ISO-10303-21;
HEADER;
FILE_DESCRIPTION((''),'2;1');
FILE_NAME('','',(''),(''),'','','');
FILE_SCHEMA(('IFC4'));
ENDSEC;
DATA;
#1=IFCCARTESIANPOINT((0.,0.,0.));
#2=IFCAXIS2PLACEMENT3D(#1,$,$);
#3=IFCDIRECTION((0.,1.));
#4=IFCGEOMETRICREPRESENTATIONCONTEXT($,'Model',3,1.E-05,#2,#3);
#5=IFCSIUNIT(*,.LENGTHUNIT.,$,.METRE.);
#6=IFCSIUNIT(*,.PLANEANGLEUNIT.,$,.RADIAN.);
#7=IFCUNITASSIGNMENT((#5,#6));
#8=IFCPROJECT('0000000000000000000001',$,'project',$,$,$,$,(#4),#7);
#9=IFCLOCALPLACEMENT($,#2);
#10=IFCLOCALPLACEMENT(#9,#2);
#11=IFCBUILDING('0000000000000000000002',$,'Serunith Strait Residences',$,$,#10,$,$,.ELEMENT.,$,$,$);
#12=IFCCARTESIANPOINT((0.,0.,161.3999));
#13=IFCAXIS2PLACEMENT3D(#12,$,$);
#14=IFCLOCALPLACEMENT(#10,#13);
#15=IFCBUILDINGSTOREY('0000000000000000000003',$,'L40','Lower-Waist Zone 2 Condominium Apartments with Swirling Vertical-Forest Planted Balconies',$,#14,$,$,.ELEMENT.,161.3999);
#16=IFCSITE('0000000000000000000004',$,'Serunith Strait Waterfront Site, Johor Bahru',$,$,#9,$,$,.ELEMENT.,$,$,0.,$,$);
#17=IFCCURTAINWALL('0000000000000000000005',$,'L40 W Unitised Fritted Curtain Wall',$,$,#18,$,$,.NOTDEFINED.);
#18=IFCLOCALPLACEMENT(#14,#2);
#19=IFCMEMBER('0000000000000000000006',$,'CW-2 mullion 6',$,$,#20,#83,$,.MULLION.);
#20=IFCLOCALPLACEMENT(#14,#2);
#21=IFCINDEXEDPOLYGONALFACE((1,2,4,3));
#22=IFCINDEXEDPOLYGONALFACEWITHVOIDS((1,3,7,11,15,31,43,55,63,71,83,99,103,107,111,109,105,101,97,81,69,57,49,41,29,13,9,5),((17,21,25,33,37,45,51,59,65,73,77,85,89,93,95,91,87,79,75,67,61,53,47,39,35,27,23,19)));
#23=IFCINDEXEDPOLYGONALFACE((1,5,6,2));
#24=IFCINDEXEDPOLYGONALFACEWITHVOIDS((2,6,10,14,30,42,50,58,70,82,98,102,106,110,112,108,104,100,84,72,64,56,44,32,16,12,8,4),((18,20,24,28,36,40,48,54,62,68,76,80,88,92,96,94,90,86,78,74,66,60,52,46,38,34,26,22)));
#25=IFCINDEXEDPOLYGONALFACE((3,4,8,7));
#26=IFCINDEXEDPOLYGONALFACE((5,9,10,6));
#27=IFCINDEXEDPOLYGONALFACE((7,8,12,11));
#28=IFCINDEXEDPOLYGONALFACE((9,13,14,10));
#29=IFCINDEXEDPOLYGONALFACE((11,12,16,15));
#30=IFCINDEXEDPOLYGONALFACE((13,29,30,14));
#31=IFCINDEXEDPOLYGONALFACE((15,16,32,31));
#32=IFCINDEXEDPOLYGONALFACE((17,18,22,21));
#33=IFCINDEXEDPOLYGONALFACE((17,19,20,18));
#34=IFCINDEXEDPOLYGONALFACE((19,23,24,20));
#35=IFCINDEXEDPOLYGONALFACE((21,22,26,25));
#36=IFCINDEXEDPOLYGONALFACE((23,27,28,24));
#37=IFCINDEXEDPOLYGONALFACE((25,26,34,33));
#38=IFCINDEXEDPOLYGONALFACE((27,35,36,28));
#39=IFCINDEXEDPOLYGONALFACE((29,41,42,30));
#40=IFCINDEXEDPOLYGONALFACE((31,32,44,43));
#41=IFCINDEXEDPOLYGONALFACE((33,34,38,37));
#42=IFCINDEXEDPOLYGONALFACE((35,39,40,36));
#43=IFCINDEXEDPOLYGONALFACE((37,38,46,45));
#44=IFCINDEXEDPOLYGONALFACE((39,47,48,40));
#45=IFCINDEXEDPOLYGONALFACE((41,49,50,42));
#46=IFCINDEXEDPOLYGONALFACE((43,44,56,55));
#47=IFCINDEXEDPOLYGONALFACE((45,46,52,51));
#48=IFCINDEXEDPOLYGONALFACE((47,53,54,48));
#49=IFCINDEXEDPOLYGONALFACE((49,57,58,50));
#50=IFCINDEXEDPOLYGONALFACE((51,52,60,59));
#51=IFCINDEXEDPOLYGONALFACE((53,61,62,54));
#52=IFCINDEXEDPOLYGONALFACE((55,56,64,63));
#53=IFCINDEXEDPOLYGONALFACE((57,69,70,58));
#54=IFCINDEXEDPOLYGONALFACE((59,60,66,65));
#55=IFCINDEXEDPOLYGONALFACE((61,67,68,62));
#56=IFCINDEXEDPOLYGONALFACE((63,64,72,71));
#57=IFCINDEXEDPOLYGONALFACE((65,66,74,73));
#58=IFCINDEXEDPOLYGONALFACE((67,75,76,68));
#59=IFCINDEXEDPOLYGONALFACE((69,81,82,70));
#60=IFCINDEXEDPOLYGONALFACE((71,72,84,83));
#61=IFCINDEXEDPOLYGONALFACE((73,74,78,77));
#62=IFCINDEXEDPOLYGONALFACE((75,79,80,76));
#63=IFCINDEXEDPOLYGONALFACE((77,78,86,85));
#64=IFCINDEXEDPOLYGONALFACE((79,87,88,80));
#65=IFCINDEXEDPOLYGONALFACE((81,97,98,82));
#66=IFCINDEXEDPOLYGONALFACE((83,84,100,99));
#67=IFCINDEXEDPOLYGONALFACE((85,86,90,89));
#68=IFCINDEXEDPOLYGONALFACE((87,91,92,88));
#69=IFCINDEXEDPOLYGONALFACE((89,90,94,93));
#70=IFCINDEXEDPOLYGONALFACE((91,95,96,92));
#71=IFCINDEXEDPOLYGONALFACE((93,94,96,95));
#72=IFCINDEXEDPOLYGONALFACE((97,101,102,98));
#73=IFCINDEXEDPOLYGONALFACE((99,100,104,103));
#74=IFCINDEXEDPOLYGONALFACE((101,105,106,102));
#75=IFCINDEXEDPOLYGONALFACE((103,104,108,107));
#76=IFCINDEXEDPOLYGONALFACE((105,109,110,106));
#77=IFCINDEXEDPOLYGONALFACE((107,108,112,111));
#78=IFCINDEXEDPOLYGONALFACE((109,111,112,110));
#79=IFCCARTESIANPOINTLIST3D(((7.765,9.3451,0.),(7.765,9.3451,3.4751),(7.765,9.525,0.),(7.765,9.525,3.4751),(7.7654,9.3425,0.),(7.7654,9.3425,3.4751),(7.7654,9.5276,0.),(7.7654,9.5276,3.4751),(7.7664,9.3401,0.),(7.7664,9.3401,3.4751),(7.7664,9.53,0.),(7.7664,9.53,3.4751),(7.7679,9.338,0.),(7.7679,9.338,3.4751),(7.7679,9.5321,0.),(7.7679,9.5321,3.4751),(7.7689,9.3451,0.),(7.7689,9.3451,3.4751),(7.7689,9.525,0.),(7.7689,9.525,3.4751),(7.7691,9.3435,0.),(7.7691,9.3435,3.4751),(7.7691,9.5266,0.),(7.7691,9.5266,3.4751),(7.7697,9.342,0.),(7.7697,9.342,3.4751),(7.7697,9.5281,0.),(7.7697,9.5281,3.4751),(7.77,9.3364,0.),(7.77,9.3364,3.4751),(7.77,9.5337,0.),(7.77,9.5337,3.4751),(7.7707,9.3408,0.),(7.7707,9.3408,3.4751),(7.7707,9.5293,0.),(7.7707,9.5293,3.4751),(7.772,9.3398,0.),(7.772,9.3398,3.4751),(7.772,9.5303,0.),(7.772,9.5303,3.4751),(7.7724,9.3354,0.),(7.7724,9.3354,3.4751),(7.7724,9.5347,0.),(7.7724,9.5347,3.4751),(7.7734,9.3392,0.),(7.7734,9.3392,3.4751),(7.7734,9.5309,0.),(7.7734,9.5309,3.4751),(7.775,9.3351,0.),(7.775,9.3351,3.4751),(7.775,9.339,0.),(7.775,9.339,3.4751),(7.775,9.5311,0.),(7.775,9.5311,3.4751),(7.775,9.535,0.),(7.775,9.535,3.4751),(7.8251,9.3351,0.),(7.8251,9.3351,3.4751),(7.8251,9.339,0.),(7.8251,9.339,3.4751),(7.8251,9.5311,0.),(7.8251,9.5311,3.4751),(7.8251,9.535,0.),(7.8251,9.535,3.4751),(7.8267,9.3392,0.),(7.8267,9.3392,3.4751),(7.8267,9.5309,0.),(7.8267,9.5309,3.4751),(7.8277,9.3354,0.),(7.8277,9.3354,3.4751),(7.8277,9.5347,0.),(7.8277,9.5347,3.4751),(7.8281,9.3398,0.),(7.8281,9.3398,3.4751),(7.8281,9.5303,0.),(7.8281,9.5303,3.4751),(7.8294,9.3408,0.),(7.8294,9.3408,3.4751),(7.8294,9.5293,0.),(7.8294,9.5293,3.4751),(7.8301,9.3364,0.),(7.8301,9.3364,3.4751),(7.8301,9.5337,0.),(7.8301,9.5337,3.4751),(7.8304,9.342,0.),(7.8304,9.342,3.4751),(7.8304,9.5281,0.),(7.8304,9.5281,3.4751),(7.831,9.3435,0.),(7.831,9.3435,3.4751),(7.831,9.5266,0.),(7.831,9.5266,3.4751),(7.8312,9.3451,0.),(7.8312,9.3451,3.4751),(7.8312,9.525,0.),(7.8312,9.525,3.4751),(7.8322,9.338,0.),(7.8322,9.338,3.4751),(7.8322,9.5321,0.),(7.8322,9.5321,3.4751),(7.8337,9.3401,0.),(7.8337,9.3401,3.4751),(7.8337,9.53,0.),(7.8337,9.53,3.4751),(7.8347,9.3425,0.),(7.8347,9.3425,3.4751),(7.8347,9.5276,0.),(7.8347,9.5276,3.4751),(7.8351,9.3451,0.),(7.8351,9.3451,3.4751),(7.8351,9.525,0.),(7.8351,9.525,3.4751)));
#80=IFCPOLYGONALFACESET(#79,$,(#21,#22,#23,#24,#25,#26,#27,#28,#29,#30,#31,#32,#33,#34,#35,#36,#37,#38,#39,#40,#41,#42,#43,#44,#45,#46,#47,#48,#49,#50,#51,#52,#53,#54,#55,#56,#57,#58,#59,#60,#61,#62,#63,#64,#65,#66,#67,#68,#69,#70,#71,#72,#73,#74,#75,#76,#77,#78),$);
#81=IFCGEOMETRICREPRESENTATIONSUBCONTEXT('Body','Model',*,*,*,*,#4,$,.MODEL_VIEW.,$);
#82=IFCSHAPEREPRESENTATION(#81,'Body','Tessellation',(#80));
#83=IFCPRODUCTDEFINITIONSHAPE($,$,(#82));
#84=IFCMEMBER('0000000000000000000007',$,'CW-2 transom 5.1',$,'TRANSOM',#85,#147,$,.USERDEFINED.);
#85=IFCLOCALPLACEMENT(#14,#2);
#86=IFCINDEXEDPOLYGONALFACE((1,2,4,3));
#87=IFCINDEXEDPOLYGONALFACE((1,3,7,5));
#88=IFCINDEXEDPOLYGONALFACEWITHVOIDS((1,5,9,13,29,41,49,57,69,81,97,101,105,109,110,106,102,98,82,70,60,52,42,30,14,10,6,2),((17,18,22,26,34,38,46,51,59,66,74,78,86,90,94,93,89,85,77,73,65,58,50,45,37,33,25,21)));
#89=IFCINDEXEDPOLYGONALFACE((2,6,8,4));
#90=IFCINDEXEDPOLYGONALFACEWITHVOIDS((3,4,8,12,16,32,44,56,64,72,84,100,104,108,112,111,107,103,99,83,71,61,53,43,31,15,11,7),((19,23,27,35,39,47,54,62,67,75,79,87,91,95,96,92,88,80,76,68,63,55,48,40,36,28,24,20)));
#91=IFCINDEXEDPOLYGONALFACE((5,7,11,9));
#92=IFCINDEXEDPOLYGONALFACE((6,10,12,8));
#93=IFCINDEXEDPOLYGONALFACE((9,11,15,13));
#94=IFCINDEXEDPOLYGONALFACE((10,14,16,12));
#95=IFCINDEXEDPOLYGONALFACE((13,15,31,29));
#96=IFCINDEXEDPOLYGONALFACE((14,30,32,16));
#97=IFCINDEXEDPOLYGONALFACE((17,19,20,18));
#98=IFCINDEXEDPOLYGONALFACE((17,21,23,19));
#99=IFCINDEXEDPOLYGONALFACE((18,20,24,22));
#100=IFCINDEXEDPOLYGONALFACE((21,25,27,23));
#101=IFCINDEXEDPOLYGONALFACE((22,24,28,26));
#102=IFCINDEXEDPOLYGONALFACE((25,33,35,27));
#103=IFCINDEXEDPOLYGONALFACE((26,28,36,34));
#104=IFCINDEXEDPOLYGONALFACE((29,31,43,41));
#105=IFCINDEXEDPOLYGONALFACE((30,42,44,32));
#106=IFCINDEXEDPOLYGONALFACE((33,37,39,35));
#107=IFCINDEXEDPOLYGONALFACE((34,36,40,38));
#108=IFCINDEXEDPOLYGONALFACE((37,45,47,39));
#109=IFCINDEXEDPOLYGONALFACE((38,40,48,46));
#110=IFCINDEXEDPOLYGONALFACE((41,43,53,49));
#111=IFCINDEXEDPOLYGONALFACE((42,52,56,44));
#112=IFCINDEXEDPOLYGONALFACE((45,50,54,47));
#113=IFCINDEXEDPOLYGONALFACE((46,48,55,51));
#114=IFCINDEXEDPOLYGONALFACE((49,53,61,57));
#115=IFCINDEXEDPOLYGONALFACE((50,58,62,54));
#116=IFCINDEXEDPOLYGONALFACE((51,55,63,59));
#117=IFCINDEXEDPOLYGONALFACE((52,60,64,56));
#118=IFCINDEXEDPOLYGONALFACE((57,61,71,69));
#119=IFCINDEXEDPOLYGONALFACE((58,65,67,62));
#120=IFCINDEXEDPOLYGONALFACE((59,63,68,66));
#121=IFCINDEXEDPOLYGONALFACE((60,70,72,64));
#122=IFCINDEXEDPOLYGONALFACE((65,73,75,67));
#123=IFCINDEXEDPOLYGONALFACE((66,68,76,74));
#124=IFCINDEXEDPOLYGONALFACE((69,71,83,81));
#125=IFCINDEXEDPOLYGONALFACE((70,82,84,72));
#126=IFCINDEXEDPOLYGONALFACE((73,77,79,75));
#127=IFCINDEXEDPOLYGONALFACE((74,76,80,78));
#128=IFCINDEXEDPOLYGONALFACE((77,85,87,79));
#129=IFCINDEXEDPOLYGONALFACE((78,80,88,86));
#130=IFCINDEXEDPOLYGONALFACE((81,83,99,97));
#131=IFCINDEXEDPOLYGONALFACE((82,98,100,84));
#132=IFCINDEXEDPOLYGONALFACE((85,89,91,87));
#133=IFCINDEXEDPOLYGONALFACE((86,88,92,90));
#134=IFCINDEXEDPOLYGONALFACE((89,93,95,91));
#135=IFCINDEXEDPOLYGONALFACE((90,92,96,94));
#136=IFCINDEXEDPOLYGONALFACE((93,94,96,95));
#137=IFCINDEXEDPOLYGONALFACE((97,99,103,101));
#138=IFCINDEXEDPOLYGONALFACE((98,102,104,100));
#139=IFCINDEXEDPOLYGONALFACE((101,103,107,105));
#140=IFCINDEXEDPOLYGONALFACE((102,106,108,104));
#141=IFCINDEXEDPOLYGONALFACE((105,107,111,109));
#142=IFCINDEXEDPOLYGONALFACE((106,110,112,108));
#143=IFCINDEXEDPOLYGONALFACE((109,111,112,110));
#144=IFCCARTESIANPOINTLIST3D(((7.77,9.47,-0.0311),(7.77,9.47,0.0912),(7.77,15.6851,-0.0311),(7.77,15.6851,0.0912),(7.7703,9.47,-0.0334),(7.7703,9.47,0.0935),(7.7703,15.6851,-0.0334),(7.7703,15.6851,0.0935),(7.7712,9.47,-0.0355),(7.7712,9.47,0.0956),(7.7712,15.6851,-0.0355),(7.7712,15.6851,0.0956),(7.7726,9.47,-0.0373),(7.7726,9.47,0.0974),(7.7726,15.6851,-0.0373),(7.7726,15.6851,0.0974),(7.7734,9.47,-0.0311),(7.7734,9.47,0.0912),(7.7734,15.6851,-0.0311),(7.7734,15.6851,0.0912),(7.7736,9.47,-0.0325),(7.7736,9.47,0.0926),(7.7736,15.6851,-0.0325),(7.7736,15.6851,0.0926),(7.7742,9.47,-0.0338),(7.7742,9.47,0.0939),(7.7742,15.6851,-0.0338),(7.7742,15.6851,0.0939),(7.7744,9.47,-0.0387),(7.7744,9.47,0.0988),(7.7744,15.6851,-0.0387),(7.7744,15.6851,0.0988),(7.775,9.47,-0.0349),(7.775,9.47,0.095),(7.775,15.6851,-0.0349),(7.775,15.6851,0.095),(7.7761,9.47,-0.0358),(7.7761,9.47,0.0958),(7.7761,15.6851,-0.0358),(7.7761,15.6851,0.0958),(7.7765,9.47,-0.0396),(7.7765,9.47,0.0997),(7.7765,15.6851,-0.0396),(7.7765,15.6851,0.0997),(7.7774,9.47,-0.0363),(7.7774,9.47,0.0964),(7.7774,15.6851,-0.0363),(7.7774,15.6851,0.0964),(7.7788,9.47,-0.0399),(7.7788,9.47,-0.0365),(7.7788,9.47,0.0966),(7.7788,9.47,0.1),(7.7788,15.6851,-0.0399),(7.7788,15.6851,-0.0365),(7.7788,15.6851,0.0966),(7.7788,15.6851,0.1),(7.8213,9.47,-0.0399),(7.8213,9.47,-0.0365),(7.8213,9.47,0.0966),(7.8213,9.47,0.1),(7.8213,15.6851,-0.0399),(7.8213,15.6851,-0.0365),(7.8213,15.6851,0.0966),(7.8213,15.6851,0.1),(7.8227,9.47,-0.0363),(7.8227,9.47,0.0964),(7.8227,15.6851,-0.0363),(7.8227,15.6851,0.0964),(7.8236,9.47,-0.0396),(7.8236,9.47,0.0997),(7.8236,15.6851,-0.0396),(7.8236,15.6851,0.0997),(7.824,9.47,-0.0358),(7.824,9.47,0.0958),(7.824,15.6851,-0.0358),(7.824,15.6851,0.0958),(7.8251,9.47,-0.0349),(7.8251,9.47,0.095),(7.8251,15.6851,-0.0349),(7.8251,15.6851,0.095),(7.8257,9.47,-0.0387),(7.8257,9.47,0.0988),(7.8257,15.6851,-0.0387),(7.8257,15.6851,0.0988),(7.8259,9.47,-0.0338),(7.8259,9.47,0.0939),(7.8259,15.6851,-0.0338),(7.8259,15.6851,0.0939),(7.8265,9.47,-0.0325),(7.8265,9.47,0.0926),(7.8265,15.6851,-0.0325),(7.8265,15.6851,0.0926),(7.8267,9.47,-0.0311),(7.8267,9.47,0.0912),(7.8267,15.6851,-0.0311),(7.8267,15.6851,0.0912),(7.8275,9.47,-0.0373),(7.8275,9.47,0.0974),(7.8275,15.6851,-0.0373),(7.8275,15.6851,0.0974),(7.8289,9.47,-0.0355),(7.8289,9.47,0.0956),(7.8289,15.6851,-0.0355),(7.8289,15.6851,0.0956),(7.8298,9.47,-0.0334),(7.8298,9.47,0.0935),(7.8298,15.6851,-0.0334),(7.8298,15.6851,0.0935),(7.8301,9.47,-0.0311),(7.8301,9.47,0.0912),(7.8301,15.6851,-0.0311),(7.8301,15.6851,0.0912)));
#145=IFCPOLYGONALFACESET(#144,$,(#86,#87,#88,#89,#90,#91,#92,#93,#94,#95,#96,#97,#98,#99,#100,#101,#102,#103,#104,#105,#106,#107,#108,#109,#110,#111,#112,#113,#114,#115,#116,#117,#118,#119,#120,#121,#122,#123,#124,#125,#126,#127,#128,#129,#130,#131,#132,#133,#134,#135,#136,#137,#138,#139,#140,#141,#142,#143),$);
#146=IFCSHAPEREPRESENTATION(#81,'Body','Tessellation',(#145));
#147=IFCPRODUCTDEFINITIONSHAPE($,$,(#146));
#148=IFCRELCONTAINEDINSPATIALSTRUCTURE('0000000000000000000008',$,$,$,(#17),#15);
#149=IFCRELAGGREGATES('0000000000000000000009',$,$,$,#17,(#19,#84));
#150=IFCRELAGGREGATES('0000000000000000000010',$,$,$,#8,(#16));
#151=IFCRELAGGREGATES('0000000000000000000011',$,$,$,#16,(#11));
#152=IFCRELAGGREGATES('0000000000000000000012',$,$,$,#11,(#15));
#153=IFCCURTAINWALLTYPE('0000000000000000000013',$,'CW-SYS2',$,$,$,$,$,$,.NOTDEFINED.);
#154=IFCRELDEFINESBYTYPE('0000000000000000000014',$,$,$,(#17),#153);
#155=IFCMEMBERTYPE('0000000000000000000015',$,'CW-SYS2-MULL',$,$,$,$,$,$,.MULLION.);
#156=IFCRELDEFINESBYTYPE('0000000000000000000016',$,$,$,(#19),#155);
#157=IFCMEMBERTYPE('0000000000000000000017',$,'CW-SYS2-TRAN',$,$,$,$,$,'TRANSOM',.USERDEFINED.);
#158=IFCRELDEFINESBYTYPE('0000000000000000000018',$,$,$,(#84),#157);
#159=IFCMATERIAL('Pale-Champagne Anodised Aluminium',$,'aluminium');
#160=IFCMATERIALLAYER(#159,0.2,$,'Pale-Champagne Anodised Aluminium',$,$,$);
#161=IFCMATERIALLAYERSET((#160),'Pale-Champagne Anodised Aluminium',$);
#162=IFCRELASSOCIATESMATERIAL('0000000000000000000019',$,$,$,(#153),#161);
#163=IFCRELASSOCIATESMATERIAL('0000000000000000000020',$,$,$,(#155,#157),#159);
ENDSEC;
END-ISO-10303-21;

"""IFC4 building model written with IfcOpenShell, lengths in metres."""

from ifc_helpers import new_model, si_unit, direction, frame, origin, origin_2d, place, context, subcontext, project, spatial, hollow_rectangle, extrude, source, transform, mapped, material, layer, layer_set, material_profile, profile_set, type_object, element, aggregate, save


model = new_model("IFC4")

# Units and contexts
model_context = context("Model", 3, precision=1e-05, world=origin(), true_north=direction((0.0, 1.0)))
body_context = subcontext(model_context, "Body", "Model", "MODEL_VIEW")
ifc_project = project(units=[si_unit("LENGTHUNIT", "METRE"), si_unit("PLANEANGLEUNIT", "RADIAN")], contexts=[model_context])

# Site, building, storey
site_placement = place(None, origin())
site = spatial("IfcSite", under=ifc_project, at=site_placement, Name="Serunith Strait Waterfront Site, Johor Bahru", CompositionType="ELEMENT", RefElevation=0.0)
building_placement = place(site_placement, origin())
building = spatial("IfcBuilding", under=site, at=building_placement, Name="Serunith Strait Residences", CompositionType="ELEMENT")
storey_placement = place(building_placement, frame((0.0, 0.0, 161.3999)))
storey = spatial("IfcBuildingStorey", under=building, at=storey_placement, Name="L40", Description="Lower-Waist Zone 2 Condominium Apartments with Swirling Vertical-Forest Planted Balconies", CompositionType="ELEMENT", Elevation=161.3999)

# Curtain wall, members
ifc_material_1 = material(Name="Pale-Champagne Anodised Aluminium", Category="aluminium")
ifc_layer_1 = layer(ifc_material_1, 0.2, Name="Pale-Champagne Anodised Aluminium")
ifc_layer_set_1 = layer_set([ifc_layer_1], Name="Pale-Champagne Anodised Aluminium")
curtain_wall_type = type_object("IfcCurtainWallType", Name="CW-SYS2", PredefinedType="NOTDEFINED", material=ifc_layer_set_1)
curtain_wall_placement = place(storey_placement, origin())
curtain_wall = element("IfcCurtainWall", 1, at=curtain_wall_placement, inside=storey, type_object=curtain_wall_type, Name="L40 W Unitised Fritted Curtain Wall", PredefinedType="NOTDEFINED")
ifc_material_profile_1 = material_profile(ifc_material_1, hollow_rectangle(XDim=0.0701, YDim=0.2, WallThickness=0.0039, InnerFilletRadius=0.0061, OuterFilletRadius=0.01, at=origin_2d()), Name="ALU 200x70x4")
ifc_profile_set_1 = profile_set([ifc_material_profile_1], Name="Pale-Champagne Anodised Aluminium")
member_type_1 = type_object("IfcMemberType", Name="CW-SYS2-MULL", PredefinedType="MULLION", material=ifc_profile_set_1)
shared_shape_1 = source(origin(), body_context, "Body", "SweptSolid", [
    extrude(hollow_rectangle(XDim=0.0701, YDim=0.2, WallThickness=0.0039, InnerFilletRadius=0.0061, OuterFilletRadius=0.01, at=origin_2d()), origin(), (0.0, 0.0, 1.0), 3.4751),
])
member_1_placement = place(storey_placement, frame((7.8, 9.4351, 0.0), z_axis=(0.0, 0.0, 1.0), x_axis=(1.0, 0.0, 0.0)))
member_1 = element("IfcMember", 2, at=member_1_placement, type_object=member_type_1, Name="CW-2 mullion 6", PredefinedType="MULLION", context=body_context, shape_type="MappedRepresentation", body=[
    mapped(shared_shape_1, transform((0.0, 0.0, 0.0), scale=1.0)),
])
ifc_material_profile_2 = material_profile(ifc_material_1, hollow_rectangle(XDim=0.0601, YDim=0.1399, WallThickness=0.0034, InnerFilletRadius=0.0054, OuterFilletRadius=0.0088, at=origin_2d()), Name="ALU 140x60x3.5")
ifc_profile_set_2 = profile_set([ifc_material_profile_2], Name="Pale-Champagne Anodised Aluminium")
member_type_2 = type_object("IfcMemberType", Name="CW-SYS2-TRAN", ElementType="TRANSOM", PredefinedType="USERDEFINED", material=ifc_profile_set_2)
shared_shape_2 = source(origin(), body_context, "Body", "SweptSolid", [
    extrude(hollow_rectangle(XDim=0.0601, YDim=0.1399, WallThickness=0.0034, InnerFilletRadius=0.0054, OuterFilletRadius=0.0088, at=origin_2d()), origin(), (0.0, 0.0, 1.0), 6.2151),
])
member_2_placement = place(storey_placement, frame((7.8, 15.6851, 0.03), z_axis=(0.0, -1.0, 0.0), x_axis=(1.0, 0.0, 0.0)))
member_2 = element("IfcMember", 3, at=member_2_placement, type_object=member_type_2, Name="CW-2 transom 5.1", ObjectType="TRANSOM", PredefinedType="USERDEFINED", context=body_context, shape_type="MappedRepresentation", body=[
    mapped(shared_shape_2, transform((0.0, 0.0, 0.0), scale=1.0)),
])
aggregate(curtain_wall, [member_1, member_2])

save(model, "model.ifc")
